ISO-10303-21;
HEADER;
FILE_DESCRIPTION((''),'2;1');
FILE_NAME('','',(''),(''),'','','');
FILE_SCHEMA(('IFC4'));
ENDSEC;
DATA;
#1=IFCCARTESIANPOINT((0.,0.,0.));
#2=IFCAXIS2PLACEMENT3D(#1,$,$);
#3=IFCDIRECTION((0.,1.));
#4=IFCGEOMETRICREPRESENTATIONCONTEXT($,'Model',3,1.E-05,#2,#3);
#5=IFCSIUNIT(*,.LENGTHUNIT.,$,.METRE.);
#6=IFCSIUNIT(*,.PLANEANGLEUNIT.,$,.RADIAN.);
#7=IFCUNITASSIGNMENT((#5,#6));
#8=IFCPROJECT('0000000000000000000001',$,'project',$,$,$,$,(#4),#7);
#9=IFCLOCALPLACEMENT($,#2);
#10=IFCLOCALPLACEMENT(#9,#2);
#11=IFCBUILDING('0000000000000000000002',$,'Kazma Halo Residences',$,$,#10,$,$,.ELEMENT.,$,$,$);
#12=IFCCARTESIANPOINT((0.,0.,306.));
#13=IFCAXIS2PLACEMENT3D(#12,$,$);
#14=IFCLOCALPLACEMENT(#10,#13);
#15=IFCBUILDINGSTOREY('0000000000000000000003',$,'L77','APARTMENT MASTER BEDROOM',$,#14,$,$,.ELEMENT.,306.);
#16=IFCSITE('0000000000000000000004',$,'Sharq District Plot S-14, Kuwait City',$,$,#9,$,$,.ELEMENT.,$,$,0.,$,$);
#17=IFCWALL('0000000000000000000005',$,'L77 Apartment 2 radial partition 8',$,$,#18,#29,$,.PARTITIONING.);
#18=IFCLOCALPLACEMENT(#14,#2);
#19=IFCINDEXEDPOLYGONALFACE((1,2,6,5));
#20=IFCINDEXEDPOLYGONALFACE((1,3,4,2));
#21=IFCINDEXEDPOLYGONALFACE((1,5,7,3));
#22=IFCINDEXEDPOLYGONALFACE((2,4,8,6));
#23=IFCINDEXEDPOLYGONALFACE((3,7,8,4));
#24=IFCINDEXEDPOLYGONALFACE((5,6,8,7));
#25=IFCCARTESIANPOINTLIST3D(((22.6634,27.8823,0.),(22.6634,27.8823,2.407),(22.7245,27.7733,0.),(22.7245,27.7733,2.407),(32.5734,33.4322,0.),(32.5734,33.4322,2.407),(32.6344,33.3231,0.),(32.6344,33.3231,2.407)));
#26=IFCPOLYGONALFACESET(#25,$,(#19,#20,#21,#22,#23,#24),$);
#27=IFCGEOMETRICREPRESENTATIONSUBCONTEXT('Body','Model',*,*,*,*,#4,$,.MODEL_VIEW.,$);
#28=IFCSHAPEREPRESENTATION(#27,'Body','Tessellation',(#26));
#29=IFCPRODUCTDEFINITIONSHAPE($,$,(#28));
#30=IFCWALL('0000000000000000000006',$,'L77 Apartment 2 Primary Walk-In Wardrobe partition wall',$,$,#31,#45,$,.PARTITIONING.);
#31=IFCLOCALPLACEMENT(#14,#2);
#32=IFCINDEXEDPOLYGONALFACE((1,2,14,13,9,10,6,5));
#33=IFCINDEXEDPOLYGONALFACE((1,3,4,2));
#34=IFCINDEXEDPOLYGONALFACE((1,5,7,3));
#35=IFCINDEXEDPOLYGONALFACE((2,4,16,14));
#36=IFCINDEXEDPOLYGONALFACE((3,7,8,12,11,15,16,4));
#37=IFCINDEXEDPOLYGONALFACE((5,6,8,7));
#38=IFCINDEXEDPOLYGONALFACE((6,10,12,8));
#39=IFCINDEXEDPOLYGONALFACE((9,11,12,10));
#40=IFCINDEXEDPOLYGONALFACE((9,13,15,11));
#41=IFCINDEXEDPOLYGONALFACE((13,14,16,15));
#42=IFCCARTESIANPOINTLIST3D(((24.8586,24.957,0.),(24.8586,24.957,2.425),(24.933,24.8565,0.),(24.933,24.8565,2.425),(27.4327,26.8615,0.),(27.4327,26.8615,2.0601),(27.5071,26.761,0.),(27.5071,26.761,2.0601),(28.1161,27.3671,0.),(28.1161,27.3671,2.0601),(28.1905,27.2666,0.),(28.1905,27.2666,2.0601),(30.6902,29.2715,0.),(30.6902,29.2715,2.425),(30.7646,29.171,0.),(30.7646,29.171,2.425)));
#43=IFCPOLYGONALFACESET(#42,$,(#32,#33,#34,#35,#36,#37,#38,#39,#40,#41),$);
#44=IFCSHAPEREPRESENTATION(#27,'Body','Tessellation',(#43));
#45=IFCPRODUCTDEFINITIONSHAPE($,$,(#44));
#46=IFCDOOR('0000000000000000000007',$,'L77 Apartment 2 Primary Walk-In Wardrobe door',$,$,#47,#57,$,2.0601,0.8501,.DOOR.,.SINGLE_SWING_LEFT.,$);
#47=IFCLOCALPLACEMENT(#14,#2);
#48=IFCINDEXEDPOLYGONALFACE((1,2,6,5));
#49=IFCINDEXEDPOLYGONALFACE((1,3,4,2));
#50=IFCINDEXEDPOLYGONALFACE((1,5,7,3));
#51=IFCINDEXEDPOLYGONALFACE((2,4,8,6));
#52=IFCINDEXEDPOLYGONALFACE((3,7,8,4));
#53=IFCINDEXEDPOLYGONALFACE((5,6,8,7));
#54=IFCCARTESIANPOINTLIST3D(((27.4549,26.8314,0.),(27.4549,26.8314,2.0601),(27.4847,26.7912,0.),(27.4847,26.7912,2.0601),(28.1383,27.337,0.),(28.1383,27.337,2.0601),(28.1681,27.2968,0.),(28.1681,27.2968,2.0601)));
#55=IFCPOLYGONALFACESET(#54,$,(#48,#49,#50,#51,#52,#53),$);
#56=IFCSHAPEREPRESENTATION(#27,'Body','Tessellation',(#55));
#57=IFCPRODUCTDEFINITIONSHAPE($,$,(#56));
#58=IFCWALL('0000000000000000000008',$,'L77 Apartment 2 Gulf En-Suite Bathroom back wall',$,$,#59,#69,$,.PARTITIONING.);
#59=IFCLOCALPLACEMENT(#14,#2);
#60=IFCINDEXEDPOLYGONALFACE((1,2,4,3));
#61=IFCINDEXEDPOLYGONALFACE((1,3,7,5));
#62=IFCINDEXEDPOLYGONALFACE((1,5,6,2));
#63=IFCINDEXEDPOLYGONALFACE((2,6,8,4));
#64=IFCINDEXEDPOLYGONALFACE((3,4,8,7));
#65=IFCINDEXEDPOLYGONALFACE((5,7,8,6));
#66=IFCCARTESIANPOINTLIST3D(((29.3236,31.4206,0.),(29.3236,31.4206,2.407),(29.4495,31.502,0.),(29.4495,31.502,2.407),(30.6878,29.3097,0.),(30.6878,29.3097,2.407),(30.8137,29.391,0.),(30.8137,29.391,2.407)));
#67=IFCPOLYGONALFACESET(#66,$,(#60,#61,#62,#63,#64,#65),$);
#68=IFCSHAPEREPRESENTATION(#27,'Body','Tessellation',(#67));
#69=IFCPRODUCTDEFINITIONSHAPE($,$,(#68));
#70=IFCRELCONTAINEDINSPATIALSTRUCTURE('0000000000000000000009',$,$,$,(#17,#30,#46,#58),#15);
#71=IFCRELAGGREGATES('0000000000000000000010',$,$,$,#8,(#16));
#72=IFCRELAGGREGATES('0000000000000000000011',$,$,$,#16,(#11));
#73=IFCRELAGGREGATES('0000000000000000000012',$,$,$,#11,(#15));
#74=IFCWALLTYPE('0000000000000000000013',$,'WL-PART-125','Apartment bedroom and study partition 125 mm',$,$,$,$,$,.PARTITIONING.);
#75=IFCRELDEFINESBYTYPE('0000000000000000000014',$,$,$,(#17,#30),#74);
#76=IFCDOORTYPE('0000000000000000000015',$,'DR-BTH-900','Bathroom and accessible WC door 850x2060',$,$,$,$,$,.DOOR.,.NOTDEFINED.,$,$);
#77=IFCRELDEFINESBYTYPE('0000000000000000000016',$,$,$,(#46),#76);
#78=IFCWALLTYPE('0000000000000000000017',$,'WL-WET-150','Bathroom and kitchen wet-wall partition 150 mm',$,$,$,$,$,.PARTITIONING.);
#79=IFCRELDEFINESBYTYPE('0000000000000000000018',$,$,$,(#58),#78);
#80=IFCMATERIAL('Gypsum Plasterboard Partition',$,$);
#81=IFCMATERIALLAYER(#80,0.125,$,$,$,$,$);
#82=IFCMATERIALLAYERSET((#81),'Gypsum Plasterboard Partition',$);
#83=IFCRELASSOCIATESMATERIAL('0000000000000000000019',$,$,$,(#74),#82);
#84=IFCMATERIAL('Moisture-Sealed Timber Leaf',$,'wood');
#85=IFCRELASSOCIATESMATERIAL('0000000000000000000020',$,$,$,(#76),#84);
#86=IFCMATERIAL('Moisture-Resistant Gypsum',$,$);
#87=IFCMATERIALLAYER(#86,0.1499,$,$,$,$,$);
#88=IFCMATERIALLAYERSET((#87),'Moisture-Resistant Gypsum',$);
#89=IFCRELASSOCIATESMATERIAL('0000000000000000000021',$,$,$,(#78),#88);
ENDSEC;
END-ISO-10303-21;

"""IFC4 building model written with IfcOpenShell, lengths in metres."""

from ifc_helpers import new_model, si_unit, direction, frame, frame_2d, origin, place, context, subcontext, project, spatial, rectangle, extrude, material, layer, layer_set, type_object, element, fill, save


model = new_model("IFC4")

# Units and contexts
model_context = context("Model", 3, precision=1e-05, world=origin(), true_north=direction((0.0, 1.0)))
body_context = subcontext(model_context, "Body", "Model", "MODEL_VIEW")
ifc_project = project(units=[si_unit("LENGTHUNIT", "METRE"), si_unit("PLANEANGLEUNIT", "RADIAN")], contexts=[model_context])

# Site, building, storey
site_placement = place(None, origin())
site = spatial("IfcSite", under=ifc_project, at=site_placement, Name="Sharq District Plot S-14, Kuwait City", CompositionType="ELEMENT", RefElevation=0.0)
building_placement = place(site_placement, origin())
building = spatial("IfcBuilding", under=site, at=building_placement, Name="Kazma Halo Residences", CompositionType="ELEMENT")
storey_placement = place(building_placement, frame((0.0, 0.0, 306.0)))
storey = spatial("IfcBuildingStorey", under=building, at=storey_placement, Name="L77", Description="APARTMENT MASTER BEDROOM", CompositionType="ELEMENT", Elevation=306.0)

# Shared definitions
ifc_material_1 = material(Name="Gypsum Plasterboard Partition")
ifc_layer_1 = layer(ifc_material_1, 0.125)
ifc_layer_set_1 = layer_set([ifc_layer_1], Name="Gypsum Plasterboard Partition")
wall_type_1 = type_object("IfcWallType", Name="WL-PART-125", Description="Apartment bedroom and study partition 125 mm", PredefinedType="PARTITIONING", material=ifc_layer_set_1)

# Shared definitions
ifc_material_2 = material(Name="Moisture-Sealed Timber Leaf", Category="wood")
door_type = type_object("IfcDoorType", Name="DR-BTH-900", Description="Bathroom and accessible WC door 850x2060", OperationType="NOTDEFINED", PredefinedType="DOOR", material=ifc_material_2)

# Wall
wall_1_placement = place(storey_placement, frame((32.604, 33.3777, 0.0), z_axis=(0.0, 0.0, 1.0), x_axis=(-0.872496, -0.48862, 0.0)))
element("IfcWall", 1, at=wall_1_placement, inside=storey, type_object=wall_type_1, Name="L77 Apartment 2 radial partition 8", PredefinedType="PARTITIONING", context=body_context, shape_type="SweptSolid", body=[
    extrude(rectangle(XDim=11.3582, YDim=0.125, at=frame_2d((5.6792, 0.0))), origin(), (0.0, 0.0, 1.0), 2.407),
])

# Wall, opening, door
wall_2_placement = place(storey_placement, frame((30.7273, 29.2212, 0.0), z_axis=(0.0, 0.0, 1.0), x_axis=(-0.8039, -0.594764, 0.0)))
wall_2 = element("IfcWall", 2, at=wall_2_placement, inside=storey, type_object=wall_type_1, Name="L77 Apartment 2 Primary Walk-In Wardrobe partition wall", PredefinedType="PARTITIONING", context=body_context, shape_type="SweptSolid", body=[
    extrude(rectangle(XDim=7.2542, YDim=0.125, at=frame_2d((3.627, 0.0))), origin(), (0.0, 0.0, 1.0), 2.425),
])
opening_1_placement = place(wall_2_placement, frame((3.2019, 0.0, 0.0)))
opening_1 = element("IfcOpeningElement", 3, at=opening_1_placement, cuts=wall_2, PredefinedType="OPENING", context=body_context, shape_type="SweptSolid", body=[
    extrude(rectangle(XDim=0.8501, YDim=2.0601, at=frame_2d((0.425, 1.03))), frame((0.0, 0.0725, 0.0), z_axis=(0.0, -1.0, 0.0), x_axis=(1.0, 0.0, 0.0)), (0.0, 0.0, 1.0), 0.145),
])
door_1_placement = place(opening_1_placement, origin())
door_1 = element("IfcDoor", 4, at=door_1_placement, inside=storey, type_object=door_type, Name="L77 Apartment 2 Primary Walk-In Wardrobe door", OperationType="SINGLE_SWING_LEFT", OverallHeight=2.0601, OverallWidth=0.8501, PredefinedType="DOOR", context=body_context, shape_type="SweptSolid", body=[
    extrude(rectangle(XDim=0.8501, YDim=2.0601, at=frame_2d((0.425, 1.03))), frame((0.0, 0.0249, 0.0), z_axis=(0.0, -1.0, 0.0), x_axis=(1.0, 0.0, 0.0)), (0.0, 0.0, 1.0), 0.05),
])
fill(opening_1, door_1)

# Wall
ifc_material_3 = material(Name="Moisture-Resistant Gypsum")
ifc_layer_2 = layer(ifc_material_3, 0.1499)
ifc_layer_set_2 = layer_set([ifc_layer_2], Name="Moisture-Resistant Gypsum")
wall_type_2 = type_object("IfcWallType", Name="WL-WET-150", Description="Bathroom and kitchen wet-wall partition 150 mm", PredefinedType="PARTITIONING", material=ifc_layer_set_2)
wall_3_placement = place(storey_placement, frame((29.3865, 31.4614, 0.0), z_axis=(0.0, 0.0, 1.0), x_axis=(0.542764, -0.839885, 0.0)))
element("IfcWall", 5, at=wall_3_placement, inside=storey, type_object=wall_type_2, Name="L77 Apartment 2 Gulf En-Suite Bathroom back wall", PredefinedType="PARTITIONING", context=body_context, shape_type="SweptSolid", body=[
    extrude(rectangle(XDim=2.5134, YDim=0.1499, at=frame_2d((1.2568, 0.0))), origin(), (0.0, 0.0, 1.0), 2.407),
])

save(model, "model.ifc")
